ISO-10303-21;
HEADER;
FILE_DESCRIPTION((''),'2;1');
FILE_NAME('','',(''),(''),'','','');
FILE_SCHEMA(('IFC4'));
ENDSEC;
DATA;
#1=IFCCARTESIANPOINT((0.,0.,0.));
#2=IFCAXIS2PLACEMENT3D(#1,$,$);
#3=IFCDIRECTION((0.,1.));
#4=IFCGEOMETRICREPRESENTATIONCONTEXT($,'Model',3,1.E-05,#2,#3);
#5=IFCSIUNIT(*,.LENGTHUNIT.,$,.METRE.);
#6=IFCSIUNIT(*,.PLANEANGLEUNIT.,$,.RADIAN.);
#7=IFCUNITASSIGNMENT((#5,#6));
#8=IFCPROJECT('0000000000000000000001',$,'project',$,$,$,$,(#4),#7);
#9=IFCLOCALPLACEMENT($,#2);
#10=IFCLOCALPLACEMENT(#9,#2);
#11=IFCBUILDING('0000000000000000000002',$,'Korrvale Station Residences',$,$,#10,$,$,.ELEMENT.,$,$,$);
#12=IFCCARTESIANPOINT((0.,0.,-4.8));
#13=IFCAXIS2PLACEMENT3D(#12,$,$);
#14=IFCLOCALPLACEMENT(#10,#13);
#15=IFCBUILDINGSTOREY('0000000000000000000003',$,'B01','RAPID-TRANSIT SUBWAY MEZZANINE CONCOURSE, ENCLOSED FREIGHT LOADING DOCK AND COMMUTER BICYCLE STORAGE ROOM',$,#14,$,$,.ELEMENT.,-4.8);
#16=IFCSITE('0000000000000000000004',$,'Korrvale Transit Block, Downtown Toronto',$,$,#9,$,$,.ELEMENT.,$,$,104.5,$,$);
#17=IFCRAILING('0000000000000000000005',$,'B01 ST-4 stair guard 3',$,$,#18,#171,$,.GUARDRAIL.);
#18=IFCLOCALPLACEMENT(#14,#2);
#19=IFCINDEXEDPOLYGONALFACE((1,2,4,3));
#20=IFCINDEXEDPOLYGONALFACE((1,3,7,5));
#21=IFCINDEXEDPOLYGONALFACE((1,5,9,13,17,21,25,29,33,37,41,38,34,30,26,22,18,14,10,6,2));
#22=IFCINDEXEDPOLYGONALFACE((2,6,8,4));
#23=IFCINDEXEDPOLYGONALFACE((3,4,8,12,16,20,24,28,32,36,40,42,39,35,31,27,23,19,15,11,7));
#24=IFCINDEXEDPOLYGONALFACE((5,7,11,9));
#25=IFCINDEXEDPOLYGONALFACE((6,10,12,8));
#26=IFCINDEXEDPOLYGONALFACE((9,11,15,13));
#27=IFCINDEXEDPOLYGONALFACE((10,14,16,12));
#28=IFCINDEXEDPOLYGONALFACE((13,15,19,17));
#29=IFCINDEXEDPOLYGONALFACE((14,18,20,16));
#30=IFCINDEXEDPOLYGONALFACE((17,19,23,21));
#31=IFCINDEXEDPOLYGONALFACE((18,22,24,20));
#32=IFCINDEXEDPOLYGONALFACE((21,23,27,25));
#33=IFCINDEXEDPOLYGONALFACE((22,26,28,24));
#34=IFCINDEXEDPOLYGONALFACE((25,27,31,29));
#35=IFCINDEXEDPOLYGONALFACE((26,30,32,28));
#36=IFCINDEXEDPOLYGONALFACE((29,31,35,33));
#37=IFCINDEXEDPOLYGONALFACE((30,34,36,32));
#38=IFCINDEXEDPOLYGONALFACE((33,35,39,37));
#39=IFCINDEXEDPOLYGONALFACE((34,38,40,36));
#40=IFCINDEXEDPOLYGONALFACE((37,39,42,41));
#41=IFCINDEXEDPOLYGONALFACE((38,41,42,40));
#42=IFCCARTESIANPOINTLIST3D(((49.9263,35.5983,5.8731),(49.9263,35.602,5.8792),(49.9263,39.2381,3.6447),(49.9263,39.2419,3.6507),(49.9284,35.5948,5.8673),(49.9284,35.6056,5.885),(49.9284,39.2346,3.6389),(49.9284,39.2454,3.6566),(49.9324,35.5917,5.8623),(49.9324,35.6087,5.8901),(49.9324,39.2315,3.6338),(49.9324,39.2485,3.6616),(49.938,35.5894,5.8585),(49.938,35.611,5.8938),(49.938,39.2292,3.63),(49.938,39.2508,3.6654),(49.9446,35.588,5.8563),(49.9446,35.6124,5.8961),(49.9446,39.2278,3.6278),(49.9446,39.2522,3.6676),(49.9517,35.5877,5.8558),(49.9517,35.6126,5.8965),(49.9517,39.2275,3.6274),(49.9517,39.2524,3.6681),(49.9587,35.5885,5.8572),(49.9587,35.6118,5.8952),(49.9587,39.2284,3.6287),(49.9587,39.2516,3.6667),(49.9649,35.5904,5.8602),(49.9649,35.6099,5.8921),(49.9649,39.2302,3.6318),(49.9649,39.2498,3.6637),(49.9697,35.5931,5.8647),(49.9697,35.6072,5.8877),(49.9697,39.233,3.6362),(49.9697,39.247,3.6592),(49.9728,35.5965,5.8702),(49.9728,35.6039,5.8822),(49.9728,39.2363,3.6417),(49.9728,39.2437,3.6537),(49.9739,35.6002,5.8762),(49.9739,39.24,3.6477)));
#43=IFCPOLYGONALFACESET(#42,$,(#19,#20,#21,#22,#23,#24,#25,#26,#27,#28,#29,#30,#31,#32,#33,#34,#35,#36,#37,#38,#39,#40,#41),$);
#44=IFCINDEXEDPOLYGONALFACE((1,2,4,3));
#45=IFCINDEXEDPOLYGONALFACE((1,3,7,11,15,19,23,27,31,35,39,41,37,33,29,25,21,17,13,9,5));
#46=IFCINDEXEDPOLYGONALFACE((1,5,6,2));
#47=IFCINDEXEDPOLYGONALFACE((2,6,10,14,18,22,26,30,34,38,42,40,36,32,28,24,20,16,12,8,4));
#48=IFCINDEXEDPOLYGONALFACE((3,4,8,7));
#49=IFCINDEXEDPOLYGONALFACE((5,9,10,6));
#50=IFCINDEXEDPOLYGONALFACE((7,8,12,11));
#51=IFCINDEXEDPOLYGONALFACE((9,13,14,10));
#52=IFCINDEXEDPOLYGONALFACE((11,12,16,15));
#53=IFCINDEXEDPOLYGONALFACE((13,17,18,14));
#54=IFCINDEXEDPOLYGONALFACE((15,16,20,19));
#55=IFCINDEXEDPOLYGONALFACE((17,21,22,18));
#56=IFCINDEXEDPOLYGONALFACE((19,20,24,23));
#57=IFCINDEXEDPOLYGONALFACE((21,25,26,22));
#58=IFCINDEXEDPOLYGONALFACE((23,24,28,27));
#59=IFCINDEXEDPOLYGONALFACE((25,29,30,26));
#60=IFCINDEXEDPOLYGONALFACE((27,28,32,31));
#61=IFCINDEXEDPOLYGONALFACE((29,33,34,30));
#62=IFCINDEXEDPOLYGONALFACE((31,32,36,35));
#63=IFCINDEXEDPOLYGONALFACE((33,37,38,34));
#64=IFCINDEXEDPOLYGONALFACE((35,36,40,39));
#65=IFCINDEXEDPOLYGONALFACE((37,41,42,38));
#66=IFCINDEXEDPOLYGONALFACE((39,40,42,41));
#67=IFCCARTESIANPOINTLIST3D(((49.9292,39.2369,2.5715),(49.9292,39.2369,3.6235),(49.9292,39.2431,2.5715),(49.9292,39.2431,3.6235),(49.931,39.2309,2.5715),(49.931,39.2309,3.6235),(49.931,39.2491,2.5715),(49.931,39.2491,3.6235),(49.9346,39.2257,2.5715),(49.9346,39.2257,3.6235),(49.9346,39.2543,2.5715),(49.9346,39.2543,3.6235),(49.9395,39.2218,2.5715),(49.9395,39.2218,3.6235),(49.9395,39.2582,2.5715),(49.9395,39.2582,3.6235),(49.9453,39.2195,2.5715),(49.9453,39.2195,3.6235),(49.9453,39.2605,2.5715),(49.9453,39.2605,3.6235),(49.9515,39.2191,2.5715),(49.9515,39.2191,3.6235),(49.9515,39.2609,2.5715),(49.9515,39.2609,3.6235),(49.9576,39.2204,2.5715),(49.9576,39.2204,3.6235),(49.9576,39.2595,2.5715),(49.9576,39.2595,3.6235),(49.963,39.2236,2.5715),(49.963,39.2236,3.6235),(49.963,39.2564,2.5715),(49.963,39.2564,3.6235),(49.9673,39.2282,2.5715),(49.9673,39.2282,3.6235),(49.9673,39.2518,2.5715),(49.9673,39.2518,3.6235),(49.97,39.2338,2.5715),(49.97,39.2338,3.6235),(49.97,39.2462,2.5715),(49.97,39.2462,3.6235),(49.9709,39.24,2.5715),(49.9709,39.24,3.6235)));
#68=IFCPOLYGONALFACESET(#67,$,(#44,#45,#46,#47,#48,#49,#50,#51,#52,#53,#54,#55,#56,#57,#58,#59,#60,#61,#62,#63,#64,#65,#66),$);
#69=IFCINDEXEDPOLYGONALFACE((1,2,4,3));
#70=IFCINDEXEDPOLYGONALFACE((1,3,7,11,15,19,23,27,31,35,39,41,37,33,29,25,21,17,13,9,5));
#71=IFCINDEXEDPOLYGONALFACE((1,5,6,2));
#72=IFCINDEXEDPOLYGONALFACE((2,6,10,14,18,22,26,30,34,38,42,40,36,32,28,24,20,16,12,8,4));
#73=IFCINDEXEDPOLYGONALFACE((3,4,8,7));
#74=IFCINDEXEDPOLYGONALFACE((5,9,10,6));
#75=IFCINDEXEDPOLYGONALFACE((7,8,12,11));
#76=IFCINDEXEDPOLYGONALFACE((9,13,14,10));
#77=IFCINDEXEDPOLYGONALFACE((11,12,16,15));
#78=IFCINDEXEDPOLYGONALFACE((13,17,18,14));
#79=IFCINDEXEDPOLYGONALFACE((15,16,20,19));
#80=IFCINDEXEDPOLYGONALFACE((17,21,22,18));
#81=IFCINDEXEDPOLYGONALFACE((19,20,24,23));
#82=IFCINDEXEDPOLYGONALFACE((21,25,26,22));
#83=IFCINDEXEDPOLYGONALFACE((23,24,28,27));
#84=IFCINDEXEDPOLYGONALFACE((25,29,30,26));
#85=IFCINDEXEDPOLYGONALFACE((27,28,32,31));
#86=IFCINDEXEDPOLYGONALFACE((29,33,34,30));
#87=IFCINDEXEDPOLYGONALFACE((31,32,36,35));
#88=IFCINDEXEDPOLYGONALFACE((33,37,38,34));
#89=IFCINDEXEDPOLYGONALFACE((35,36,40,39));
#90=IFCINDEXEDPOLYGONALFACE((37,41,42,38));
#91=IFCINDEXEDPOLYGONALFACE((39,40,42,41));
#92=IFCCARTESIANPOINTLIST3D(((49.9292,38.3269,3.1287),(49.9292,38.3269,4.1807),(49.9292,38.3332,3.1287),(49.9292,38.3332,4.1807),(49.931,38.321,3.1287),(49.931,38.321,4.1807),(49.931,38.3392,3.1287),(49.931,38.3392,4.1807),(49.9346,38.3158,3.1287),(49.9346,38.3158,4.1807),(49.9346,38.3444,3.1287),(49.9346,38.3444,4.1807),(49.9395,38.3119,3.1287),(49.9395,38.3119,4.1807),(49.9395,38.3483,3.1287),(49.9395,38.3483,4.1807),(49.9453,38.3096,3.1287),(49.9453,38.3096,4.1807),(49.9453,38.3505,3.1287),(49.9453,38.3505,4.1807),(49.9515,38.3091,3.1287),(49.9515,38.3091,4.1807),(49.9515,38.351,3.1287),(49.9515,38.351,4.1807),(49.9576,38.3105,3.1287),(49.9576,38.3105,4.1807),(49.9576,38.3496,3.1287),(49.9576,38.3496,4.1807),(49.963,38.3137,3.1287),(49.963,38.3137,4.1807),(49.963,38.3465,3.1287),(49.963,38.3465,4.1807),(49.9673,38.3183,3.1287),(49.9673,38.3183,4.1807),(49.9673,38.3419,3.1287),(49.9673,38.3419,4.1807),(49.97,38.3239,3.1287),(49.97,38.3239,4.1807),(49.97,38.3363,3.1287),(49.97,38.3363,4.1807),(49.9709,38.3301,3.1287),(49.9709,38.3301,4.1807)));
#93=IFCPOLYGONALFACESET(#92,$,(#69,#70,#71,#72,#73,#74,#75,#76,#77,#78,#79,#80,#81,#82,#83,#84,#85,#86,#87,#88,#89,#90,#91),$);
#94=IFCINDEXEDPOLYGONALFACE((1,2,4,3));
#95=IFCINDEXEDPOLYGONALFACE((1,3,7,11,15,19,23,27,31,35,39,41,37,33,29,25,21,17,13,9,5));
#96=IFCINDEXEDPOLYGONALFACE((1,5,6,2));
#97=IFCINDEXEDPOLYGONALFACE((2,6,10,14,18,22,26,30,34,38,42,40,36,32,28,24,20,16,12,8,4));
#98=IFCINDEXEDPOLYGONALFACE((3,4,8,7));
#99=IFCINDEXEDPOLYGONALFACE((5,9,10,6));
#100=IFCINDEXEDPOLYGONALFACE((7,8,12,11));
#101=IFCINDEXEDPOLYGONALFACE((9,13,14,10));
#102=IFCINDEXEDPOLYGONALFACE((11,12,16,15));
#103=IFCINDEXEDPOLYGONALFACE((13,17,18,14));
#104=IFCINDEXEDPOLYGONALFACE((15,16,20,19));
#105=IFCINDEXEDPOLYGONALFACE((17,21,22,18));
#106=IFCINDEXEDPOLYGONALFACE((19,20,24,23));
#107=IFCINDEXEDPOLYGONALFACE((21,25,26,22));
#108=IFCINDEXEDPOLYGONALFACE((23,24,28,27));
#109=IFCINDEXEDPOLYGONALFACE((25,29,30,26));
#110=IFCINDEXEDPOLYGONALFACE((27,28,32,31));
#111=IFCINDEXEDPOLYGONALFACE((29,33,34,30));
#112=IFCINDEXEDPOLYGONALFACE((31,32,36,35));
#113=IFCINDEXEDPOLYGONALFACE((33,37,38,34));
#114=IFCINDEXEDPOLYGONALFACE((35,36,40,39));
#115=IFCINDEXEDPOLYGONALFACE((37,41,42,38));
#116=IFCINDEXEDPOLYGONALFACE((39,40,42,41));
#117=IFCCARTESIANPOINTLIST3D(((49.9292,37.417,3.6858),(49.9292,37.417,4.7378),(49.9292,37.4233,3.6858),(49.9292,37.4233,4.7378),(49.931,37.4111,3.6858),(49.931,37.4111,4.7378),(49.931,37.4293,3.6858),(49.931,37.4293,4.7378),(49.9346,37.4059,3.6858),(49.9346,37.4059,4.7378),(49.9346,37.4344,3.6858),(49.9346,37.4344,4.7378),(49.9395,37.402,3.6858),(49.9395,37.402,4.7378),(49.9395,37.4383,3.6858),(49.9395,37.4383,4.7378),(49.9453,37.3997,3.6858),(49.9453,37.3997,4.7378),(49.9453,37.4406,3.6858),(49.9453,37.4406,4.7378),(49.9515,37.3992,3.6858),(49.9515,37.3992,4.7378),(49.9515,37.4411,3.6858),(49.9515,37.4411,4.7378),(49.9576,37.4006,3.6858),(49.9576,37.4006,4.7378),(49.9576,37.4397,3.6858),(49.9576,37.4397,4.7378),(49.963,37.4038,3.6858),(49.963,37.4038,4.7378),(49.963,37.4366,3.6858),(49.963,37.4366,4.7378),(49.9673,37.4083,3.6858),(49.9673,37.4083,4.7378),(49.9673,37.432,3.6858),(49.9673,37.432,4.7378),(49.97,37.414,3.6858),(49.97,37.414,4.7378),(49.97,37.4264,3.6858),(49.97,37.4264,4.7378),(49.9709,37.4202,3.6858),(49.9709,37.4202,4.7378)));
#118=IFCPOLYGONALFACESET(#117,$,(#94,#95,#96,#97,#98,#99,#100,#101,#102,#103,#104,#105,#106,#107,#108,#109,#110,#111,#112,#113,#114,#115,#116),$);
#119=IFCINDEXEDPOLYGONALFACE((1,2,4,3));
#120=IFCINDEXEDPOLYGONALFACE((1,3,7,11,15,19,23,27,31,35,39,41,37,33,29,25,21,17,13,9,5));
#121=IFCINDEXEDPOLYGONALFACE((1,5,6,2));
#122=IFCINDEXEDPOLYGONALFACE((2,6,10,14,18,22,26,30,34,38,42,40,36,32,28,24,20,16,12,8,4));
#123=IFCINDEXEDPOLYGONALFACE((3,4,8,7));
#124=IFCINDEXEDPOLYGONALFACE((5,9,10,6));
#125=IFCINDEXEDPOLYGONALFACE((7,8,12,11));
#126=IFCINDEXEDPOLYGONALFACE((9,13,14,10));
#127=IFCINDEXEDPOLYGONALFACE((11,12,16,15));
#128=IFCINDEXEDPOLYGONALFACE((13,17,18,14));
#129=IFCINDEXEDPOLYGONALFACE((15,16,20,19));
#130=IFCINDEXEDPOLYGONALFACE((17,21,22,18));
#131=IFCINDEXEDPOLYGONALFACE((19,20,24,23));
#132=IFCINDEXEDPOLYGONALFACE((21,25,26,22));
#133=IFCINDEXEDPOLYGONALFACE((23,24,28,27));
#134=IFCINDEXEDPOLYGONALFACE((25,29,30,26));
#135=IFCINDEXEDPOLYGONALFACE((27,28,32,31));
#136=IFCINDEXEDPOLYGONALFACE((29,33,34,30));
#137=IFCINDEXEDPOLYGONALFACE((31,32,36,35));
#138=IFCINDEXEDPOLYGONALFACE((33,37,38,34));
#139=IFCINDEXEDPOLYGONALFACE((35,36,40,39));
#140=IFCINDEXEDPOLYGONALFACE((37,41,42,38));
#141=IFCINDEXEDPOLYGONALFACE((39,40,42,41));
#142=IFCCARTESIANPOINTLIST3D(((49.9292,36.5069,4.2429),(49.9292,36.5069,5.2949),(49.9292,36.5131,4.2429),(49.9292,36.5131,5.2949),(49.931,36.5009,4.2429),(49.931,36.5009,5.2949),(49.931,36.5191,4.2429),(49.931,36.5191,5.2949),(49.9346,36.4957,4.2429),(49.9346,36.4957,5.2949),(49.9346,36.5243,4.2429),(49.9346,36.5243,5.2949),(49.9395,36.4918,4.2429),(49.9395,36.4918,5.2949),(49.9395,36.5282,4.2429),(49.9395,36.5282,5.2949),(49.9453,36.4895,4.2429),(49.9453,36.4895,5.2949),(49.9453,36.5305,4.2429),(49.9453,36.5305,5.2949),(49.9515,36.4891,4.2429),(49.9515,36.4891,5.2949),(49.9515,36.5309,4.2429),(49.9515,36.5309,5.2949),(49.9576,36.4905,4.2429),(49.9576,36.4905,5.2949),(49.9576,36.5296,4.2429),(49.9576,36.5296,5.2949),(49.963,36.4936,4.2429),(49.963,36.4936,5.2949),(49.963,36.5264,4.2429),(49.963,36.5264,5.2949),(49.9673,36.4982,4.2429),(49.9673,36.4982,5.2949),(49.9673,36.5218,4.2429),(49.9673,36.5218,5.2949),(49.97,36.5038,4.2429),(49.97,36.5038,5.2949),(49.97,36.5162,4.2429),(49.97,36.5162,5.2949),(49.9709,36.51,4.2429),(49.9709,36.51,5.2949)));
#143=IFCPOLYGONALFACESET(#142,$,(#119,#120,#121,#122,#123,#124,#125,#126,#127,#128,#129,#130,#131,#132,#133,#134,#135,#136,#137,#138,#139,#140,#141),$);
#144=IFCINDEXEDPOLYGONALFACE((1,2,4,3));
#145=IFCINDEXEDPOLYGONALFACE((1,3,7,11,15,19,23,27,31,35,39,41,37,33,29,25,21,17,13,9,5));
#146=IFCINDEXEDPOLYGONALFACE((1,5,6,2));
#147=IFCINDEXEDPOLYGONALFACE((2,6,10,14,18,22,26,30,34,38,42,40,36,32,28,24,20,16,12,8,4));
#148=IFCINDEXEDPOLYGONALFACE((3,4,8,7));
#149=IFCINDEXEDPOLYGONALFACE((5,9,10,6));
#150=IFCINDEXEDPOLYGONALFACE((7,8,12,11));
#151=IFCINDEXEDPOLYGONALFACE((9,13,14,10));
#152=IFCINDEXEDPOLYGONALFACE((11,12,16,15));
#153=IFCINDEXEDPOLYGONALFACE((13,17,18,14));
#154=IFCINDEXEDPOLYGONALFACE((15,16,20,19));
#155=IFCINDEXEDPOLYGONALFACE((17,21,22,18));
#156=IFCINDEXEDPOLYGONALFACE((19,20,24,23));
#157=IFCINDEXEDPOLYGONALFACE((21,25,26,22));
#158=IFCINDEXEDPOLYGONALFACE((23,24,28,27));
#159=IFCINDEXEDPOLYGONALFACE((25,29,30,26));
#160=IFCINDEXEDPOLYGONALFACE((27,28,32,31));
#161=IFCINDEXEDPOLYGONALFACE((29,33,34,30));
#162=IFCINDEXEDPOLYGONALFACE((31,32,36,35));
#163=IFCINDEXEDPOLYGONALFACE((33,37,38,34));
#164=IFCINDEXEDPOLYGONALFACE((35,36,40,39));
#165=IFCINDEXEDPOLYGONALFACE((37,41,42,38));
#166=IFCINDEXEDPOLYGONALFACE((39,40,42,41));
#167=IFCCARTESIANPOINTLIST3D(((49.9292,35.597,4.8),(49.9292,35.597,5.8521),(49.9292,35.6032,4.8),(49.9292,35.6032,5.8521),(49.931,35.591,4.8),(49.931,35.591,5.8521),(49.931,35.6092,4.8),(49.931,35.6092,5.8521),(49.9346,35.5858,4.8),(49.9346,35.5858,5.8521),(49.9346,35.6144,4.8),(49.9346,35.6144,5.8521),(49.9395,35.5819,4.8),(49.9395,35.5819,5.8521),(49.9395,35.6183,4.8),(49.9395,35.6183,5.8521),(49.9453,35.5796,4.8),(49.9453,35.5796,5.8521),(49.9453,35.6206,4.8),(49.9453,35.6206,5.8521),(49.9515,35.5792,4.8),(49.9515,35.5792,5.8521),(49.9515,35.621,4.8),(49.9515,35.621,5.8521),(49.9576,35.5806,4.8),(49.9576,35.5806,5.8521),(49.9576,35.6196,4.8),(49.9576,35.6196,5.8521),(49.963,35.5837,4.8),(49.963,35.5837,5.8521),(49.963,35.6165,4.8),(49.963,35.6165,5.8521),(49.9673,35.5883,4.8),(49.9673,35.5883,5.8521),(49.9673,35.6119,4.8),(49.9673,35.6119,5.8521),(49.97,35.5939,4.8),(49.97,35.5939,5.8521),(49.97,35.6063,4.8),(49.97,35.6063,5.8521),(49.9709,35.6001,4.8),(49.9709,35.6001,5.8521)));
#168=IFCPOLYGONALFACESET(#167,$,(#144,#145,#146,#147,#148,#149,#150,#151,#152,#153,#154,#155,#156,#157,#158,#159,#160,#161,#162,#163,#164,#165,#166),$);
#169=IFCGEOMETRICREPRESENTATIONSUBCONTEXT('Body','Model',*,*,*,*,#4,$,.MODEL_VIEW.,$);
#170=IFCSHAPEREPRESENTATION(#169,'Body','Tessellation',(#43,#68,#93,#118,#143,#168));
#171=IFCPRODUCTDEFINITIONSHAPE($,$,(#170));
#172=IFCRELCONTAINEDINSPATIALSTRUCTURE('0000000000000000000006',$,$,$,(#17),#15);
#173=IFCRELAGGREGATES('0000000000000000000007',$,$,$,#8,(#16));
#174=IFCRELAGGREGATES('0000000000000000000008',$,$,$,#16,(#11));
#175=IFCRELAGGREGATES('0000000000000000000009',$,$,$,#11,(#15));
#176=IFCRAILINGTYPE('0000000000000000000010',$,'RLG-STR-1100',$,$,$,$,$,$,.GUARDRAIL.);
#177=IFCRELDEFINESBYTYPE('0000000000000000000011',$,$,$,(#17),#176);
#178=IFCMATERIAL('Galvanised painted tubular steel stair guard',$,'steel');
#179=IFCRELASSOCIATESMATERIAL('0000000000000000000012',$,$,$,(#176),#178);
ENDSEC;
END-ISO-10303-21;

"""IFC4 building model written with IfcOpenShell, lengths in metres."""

from ifc_helpers import new_model, si_unit, direction, frame, origin, origin_2d, place, context, subcontext, project, spatial, circle, extrude, material, type_object, element, save


model = new_model("IFC4")

# Units and contexts
model_context = context("Model", 3, precision=1e-05, world=origin(), true_north=direction((0.0, 1.0)))
body_context = subcontext(model_context, "Body", "Model", "MODEL_VIEW")
ifc_project = project(units=[si_unit("LENGTHUNIT", "METRE"), si_unit("PLANEANGLEUNIT", "RADIAN")], contexts=[model_context])

# Site, building, storey
site_placement = place(None, origin())
site = spatial("IfcSite", under=ifc_project, at=site_placement, Name="Korrvale Transit Block, Downtown Toronto", CompositionType="ELEMENT", RefElevation=104.5)
building_placement = place(site_placement, origin())
building = spatial("IfcBuilding", under=site, at=building_placement, Name="Korrvale Station Residences", CompositionType="ELEMENT")
storey_placement = place(building_placement, frame((0.0, 0.0, -4.8)))
storey = spatial("IfcBuildingStorey", under=building, at=storey_placement, Name="B01", Description="RAPID-TRANSIT SUBWAY MEZZANINE CONCOURSE, ENCLOSED FREIGHT LOADING DOCK AND COMMUTER BICYCLE STORAGE ROOM", CompositionType="ELEMENT", Elevation=-4.8)

# Railing
ifc_material_1 = material(Name="Galvanised painted tubular steel stair guard", Category="steel")
railing_type_1 = type_object("IfcRailingType", Name="RLG-STR-1100", PredefinedType="GUARDRAIL", material=ifc_material_1)
railing_1_placement = place(storey_placement, frame((49.95, 39.24, 2.5715)))
element("IfcRailing", 1, at=railing_1_placement, inside=storey, type_object=railing_type_1, Name="B01 ST-4 stair guard 3", PredefinedType="GUARDRAIL", context=body_context, shape_type="SweptSolid", body=[
    extrude(circle(Radius=0.0239, at=origin_2d()), frame((0.0, 0.0, 1.0762), z_axis=(0.0, -0.85285, 0.522156), x_axis=(1.0, 0.0, 0.0)), (0.0, 0.0, 1.0), 4.2678),
    extrude(circle(Radius=0.021, at=origin_2d()), origin(), (0.0, 0.0, 1.0), 1.052),
    extrude(circle(Radius=0.021, at=origin_2d()), frame((0.0, -0.9099, 0.5571)), (0.0, 0.0, 1.0), 1.052),
    extrude(circle(Radius=0.021, at=origin_2d()), frame((0.0, -1.8198, 1.1143)), (0.0, 0.0, 1.0), 1.052),
    extrude(circle(Radius=0.021, at=origin_2d()), frame((0.0, -2.73, 1.6714)), (0.0, 0.0, 1.0), 1.052),
    extrude(circle(Radius=0.021, at=origin_2d()), frame((0.0, -3.6399, 2.2285)), (0.0, 0.0, 1.0), 1.052),
])

save(model, "model.ifc")
